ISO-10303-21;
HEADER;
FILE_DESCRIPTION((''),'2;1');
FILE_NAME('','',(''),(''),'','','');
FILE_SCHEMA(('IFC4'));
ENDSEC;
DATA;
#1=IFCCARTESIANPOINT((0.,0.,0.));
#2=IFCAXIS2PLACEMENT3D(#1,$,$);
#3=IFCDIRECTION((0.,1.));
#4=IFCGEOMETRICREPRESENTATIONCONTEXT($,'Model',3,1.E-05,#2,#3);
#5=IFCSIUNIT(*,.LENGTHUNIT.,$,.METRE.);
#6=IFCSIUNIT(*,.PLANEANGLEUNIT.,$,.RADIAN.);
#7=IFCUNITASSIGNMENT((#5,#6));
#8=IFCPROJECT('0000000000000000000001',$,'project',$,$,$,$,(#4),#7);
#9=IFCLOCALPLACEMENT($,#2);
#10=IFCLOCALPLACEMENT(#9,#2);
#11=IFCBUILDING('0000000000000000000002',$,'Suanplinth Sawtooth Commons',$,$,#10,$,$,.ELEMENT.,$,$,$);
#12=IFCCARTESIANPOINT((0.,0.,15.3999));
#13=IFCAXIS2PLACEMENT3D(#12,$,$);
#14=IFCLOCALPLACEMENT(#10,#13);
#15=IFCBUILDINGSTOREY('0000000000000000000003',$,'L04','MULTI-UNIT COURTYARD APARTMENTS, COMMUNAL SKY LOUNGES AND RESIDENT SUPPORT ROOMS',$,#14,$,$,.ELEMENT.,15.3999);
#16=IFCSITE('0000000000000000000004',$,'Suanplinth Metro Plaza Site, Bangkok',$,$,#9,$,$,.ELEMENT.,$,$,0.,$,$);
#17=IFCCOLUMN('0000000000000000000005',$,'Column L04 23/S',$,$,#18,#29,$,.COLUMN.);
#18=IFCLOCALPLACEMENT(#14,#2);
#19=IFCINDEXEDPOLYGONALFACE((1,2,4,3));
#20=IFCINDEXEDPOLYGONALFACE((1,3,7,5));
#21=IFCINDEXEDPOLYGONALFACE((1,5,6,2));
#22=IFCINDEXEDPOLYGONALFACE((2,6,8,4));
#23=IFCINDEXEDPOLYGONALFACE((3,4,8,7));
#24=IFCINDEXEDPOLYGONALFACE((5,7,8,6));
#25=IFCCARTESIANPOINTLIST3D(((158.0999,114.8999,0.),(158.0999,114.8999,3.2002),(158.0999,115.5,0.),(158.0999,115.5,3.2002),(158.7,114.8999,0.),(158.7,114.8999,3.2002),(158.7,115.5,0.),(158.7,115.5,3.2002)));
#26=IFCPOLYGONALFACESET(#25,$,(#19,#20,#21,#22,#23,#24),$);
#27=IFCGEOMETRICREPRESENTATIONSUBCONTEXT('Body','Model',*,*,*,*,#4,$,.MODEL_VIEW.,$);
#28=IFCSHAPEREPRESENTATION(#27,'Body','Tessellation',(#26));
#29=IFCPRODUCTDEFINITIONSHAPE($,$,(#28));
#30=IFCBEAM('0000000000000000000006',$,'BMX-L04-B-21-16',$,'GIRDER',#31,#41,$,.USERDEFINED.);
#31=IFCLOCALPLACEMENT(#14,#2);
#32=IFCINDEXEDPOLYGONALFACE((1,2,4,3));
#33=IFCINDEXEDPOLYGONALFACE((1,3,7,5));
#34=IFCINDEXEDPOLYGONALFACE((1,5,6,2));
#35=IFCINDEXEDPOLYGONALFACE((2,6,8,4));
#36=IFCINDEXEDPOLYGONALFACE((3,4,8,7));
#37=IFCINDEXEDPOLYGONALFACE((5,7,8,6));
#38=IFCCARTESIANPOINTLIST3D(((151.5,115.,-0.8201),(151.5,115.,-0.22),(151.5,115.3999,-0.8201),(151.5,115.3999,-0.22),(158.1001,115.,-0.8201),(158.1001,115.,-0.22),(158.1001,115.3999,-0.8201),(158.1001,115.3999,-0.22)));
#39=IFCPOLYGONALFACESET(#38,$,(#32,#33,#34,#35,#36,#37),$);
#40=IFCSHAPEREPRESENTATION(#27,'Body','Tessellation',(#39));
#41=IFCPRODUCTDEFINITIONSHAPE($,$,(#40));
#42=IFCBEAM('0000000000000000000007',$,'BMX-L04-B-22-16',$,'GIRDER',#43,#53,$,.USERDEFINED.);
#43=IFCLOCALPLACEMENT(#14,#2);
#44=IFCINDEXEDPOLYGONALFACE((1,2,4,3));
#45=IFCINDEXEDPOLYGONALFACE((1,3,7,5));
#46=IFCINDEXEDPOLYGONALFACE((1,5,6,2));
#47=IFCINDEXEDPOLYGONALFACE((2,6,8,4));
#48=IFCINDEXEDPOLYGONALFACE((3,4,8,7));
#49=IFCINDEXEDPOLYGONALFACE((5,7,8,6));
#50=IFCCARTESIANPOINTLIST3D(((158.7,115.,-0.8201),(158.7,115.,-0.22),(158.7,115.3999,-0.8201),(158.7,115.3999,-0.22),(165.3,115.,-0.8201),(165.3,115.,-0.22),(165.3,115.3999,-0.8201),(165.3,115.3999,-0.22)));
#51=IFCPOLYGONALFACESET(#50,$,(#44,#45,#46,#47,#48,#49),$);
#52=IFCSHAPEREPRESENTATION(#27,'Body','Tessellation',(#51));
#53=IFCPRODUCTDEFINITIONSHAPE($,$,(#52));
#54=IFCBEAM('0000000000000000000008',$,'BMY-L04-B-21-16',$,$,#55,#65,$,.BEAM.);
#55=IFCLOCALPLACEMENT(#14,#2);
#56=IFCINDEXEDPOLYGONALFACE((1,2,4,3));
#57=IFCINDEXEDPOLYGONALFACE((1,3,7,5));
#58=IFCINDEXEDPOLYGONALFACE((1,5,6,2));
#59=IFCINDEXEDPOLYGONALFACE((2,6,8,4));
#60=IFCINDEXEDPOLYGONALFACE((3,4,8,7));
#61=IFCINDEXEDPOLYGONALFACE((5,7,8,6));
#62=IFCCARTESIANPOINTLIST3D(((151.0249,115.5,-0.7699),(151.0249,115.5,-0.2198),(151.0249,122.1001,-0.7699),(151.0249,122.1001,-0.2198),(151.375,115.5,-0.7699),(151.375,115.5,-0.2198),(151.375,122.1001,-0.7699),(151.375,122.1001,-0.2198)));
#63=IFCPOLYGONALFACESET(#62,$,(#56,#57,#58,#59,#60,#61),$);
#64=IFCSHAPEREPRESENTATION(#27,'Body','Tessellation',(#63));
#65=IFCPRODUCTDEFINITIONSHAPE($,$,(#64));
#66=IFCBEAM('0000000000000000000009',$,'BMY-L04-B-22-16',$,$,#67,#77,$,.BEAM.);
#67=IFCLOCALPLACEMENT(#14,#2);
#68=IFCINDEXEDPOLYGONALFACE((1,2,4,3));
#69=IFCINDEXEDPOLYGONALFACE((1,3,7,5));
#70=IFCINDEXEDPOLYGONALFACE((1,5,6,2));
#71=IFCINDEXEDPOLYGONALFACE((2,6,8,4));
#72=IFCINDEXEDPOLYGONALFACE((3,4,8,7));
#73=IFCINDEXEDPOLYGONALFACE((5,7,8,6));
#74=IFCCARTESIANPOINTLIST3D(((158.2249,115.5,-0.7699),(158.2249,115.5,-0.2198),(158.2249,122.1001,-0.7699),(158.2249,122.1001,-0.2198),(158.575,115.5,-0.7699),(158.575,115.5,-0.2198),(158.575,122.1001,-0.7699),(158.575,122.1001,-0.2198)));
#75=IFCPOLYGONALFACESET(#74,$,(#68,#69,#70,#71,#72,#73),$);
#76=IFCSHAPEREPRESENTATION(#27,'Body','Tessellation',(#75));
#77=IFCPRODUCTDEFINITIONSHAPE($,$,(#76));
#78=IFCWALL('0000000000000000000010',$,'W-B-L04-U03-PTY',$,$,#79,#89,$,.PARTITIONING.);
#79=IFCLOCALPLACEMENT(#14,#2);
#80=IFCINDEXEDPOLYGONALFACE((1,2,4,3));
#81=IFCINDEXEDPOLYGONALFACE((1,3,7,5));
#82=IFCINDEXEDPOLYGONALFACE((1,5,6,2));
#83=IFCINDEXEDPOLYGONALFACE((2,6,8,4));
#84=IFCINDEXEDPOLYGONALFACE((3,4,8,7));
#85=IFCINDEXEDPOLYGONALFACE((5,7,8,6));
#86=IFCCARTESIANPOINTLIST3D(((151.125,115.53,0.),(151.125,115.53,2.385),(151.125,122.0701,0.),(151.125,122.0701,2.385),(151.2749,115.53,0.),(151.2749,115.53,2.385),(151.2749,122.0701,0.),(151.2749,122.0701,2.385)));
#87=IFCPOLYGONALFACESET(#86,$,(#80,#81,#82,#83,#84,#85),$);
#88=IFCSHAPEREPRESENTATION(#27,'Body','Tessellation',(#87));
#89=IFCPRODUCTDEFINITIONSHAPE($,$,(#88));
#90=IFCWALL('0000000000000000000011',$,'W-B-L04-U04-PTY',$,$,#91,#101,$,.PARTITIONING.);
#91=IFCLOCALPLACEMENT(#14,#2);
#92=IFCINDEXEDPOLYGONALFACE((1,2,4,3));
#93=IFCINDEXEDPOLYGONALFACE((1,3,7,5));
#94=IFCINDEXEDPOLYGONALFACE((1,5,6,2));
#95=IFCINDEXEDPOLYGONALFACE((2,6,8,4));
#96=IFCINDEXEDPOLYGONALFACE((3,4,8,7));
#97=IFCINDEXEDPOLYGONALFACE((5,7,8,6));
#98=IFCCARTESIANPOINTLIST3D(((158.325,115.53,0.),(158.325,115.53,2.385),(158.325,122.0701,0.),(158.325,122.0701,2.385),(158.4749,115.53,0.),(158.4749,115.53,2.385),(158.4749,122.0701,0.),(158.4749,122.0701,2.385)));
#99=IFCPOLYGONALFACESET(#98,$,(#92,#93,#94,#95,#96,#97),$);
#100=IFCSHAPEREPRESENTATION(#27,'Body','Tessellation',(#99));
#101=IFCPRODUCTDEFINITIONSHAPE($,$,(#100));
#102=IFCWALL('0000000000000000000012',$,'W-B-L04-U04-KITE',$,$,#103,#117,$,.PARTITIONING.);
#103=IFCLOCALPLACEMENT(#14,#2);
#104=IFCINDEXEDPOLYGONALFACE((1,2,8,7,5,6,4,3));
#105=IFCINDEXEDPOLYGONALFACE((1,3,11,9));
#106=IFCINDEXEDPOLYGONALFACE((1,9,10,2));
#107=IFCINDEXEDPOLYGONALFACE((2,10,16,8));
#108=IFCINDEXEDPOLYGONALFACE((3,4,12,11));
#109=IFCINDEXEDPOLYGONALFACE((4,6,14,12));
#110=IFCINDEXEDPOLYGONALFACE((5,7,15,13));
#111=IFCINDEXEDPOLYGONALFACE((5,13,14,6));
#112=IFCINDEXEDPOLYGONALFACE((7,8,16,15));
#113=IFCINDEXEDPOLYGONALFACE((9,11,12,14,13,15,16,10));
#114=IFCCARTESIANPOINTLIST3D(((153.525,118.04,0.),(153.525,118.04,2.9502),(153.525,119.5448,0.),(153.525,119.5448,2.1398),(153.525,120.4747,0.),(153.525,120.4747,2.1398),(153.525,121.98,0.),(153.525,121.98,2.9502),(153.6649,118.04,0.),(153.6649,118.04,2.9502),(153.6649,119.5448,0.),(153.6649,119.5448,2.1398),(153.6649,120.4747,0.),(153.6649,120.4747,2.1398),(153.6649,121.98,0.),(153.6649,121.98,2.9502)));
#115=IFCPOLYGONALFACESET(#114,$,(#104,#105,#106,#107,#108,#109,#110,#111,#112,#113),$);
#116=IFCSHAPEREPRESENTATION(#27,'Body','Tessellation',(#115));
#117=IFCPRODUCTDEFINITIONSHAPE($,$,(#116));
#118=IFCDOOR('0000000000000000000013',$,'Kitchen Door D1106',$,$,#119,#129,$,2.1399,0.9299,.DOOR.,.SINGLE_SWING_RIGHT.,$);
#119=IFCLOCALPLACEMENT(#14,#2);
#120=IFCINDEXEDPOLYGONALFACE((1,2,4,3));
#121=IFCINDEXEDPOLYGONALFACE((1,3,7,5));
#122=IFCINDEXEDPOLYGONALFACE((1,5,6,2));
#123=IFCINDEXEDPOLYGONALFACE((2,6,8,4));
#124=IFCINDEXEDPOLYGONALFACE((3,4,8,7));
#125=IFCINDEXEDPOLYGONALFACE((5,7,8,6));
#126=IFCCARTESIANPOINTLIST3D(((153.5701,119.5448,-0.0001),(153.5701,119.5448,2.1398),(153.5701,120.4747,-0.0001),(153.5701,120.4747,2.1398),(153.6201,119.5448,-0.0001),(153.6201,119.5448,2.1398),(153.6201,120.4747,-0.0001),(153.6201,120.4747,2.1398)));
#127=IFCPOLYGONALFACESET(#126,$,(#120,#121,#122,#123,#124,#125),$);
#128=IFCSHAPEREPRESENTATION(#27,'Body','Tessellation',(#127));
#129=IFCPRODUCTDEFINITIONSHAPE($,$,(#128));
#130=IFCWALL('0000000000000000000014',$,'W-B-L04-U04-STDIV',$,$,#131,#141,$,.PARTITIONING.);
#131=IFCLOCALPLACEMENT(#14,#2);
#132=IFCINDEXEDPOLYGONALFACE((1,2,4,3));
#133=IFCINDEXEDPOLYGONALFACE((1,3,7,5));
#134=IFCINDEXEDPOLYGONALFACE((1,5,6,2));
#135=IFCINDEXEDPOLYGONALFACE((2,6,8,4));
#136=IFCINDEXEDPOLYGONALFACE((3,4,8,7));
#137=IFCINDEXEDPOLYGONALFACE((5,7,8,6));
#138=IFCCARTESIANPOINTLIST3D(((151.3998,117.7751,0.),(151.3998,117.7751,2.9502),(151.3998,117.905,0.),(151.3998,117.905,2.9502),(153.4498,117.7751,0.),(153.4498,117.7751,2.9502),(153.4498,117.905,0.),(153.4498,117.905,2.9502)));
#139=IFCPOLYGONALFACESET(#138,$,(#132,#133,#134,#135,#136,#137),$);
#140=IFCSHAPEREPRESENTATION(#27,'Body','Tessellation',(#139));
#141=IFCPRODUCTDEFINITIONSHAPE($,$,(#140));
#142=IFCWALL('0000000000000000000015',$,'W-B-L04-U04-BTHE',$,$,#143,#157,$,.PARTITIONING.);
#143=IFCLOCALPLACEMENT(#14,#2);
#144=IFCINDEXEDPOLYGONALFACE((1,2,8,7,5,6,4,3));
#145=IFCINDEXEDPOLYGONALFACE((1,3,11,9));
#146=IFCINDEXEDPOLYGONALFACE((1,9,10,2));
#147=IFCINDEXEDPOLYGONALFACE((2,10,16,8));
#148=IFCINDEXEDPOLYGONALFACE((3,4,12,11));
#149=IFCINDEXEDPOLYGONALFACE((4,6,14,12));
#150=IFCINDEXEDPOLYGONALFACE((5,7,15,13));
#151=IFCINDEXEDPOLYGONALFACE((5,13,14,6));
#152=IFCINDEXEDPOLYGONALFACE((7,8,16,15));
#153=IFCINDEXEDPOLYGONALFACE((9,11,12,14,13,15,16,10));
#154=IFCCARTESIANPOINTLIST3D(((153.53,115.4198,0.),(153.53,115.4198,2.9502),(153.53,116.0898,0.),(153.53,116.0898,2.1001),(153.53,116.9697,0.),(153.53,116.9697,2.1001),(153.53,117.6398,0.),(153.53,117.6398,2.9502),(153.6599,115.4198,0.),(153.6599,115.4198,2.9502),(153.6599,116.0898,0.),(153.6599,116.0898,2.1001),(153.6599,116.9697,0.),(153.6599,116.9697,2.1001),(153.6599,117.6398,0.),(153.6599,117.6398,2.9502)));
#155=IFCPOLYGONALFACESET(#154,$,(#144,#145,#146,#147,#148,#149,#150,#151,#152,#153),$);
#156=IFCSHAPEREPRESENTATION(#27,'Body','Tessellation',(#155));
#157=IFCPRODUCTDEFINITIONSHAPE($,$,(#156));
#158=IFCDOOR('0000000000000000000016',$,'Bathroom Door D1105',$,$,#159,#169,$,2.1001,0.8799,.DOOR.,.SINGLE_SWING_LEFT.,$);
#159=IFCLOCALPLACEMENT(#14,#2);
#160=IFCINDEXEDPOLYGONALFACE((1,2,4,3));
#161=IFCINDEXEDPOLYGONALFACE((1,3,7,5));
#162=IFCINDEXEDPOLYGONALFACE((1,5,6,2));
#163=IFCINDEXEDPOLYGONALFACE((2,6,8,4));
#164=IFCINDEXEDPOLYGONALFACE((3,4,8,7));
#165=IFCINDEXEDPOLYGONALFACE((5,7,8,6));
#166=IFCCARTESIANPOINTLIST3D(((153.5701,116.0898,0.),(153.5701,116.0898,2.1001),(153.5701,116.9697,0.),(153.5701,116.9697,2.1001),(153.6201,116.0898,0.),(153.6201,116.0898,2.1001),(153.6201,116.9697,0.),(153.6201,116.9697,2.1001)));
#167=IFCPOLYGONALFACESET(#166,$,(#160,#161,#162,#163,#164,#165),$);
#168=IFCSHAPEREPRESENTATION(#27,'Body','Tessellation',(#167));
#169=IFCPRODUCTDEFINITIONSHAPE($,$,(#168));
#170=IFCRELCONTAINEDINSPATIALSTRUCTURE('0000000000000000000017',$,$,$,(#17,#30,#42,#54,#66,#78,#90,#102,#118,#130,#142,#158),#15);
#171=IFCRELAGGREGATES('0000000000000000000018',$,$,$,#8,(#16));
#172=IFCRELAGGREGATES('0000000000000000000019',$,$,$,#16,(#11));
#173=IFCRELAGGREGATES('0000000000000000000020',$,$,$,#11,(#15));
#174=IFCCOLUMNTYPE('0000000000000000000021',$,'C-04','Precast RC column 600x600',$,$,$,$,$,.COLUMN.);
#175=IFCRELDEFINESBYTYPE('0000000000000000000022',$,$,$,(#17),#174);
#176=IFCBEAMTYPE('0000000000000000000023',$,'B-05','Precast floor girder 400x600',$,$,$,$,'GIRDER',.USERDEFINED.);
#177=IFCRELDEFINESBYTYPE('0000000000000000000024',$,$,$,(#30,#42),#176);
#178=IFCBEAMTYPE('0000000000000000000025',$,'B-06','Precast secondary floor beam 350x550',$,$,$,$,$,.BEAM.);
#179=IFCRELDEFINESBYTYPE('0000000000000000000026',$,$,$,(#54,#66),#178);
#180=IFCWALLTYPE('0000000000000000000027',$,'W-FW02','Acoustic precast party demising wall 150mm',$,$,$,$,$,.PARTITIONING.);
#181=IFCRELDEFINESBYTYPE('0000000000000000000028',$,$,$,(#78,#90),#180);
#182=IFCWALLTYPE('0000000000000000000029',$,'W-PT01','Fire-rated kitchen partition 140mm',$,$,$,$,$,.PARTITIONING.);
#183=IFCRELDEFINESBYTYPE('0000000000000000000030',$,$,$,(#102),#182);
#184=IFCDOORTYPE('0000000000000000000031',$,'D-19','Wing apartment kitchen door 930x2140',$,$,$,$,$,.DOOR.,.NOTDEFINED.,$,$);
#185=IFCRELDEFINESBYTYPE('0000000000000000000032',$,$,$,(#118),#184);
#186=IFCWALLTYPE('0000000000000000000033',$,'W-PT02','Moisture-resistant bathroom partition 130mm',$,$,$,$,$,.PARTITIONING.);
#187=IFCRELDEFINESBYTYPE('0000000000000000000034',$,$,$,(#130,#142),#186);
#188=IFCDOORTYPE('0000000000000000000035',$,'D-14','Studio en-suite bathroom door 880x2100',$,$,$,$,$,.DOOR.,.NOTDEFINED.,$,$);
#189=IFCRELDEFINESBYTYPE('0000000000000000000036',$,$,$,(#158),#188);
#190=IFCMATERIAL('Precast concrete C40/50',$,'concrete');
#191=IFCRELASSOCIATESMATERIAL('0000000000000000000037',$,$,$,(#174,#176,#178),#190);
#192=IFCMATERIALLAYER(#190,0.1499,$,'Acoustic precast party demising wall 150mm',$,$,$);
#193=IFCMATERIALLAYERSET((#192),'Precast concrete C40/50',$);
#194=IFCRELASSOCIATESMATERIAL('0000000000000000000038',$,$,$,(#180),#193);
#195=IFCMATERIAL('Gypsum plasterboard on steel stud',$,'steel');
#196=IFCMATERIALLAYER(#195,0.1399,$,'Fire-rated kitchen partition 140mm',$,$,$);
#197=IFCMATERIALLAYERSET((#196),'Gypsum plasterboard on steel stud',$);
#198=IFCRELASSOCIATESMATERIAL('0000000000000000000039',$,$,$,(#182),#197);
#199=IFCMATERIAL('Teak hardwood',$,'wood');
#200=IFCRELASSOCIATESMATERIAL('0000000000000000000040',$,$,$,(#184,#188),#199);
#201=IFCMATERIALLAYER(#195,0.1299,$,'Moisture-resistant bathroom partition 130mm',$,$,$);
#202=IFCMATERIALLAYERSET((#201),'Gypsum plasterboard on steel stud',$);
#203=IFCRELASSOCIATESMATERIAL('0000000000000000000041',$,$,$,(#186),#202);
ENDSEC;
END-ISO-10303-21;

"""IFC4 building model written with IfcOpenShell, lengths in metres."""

from ifc_helpers import new_model, si_unit, direction, frame, frame_2d, origin, origin_2d, place, context, subcontext, project, spatial, rectangle, extrude, material, layer, layer_set, material_profile, profile_set, type_object, element, fill, save


model = new_model("IFC4")

# Units and contexts
model_context = context("Model", 3, precision=1e-05, world=origin(), true_north=direction((0.0, 1.0)))
body_context = subcontext(model_context, "Body", "Model", "MODEL_VIEW")
ifc_project = project(units=[si_unit("LENGTHUNIT", "METRE"), si_unit("PLANEANGLEUNIT", "RADIAN")], contexts=[model_context])

# Site, building, storey
site_placement = place(None, origin())
site = spatial("IfcSite", under=ifc_project, at=site_placement, Name="Suanplinth Metro Plaza Site, Bangkok", CompositionType="ELEMENT", RefElevation=0.0)
building_placement = place(site_placement, origin())
building = spatial("IfcBuilding", under=site, at=building_placement, Name="Suanplinth Sawtooth Commons", CompositionType="ELEMENT")
storey_placement = place(building_placement, frame((0.0, 0.0, 15.3999)))
storey = spatial("IfcBuildingStorey", under=building, at=storey_placement, Name="L04", Description="MULTI-UNIT COURTYARD APARTMENTS, COMMUNAL SKY LOUNGES AND RESIDENT SUPPORT ROOMS", CompositionType="ELEMENT", Elevation=15.3999)

# Column
ifc_material_1 = material(Name="Precast concrete C40/50", Category="concrete")
ifc_material_profile_1 = material_profile(ifc_material_1, rectangle(XDim=0.6001, YDim=0.6001, at=origin_2d()), Name="PC-COL 600x600")
ifc_profile_set_1 = profile_set([ifc_material_profile_1], Name="Precast concrete C40/50")
column_type = type_object("IfcColumnType", Name="C-04", Description="Precast RC column 600x600", PredefinedType="COLUMN", material=ifc_profile_set_1)
column_placement = place(storey_placement, frame((158.3999, 115.2, 0.0), z_axis=(0.0, 0.0, 1.0), x_axis=(1.0, 0.0, 0.0)))
element("IfcColumn", 1, at=column_placement, inside=storey, type_object=column_type, Name="Column L04 23/S", PredefinedType="COLUMN", context=body_context, shape_type="SweptSolid", body=[
    extrude(rectangle(XDim=0.6001, YDim=0.6001, at=origin_2d()), origin(), (0.0, 0.0, 1.0), 3.2002),
])

# Beams
ifc_material_profile_2 = material_profile(ifc_material_1, rectangle(XDim=0.3999, YDim=0.6001, at=origin_2d()), Name="PC-GDR 400x600")
ifc_profile_set_2 = profile_set([ifc_material_profile_2], Name="Precast concrete C40/50")
beam_type_1 = type_object("IfcBeamType", Name="B-05", Description="Precast floor girder 400x600", ElementType="GIRDER", PredefinedType="USERDEFINED", material=ifc_profile_set_2)
for number, where, z_axis, x_axis, name in (
    (2, (151.5, 115.2, -0.52), (1.0, 0.0, 0.0), (0.0, 1.0, 0.0), "BMX-L04-B-21-16"),
    (3, (158.7, 115.2, -0.52), (1.0, 0.0, 0.0), (0.0, 1.0, 0.0), "BMX-L04-B-22-16"),
):
    element("IfcBeam", number, at=place(storey_placement, frame(where, z_axis=z_axis, x_axis=x_axis)), inside=storey, type_object=beam_type_1, Name=name, ObjectType="GIRDER", PredefinedType="USERDEFINED", context=body_context, shape_type="SweptSolid", body=[
        extrude(rectangle(XDim=0.3999, YDim=0.6001, at=origin_2d()), origin(), (0.0, 0.0, 1.0), 6.6001),
    ])
ifc_material_profile_3 = material_profile(ifc_material_1, rectangle(XDim=0.3501, YDim=0.55, at=origin_2d()), Name="PC-BM 350x550")
ifc_profile_set_3 = profile_set([ifc_material_profile_3], Name="Precast concrete C40/50")
beam_type_2 = type_object("IfcBeamType", Name="B-06", Description="Precast secondary floor beam 350x550", PredefinedType="BEAM", material=ifc_profile_set_3)
for number, where, z_axis, x_axis, name in (
    (4, (151.2, 115.5, -0.4949), (0.0, 1.0, 0.0), (-1.0, 0.0, 0.0), "BMY-L04-B-21-16"),
    (5, (158.3999, 115.5, -0.4949), (0.0, 1.0, 0.0), (-1.0, 0.0, 0.0), "BMY-L04-B-22-16"),
):
    element("IfcBeam", number, at=place(storey_placement, frame(where, z_axis=z_axis, x_axis=x_axis)), inside=storey, type_object=beam_type_2, Name=name, PredefinedType="BEAM", context=body_context, shape_type="SweptSolid", body=[
        extrude(rectangle(XDim=0.3501, YDim=0.55, at=origin_2d()), origin(), (0.0, 0.0, 1.0), 6.6001),
    ])

# Walls
ifc_layer_1 = layer(ifc_material_1, 0.1499, Name="Acoustic precast party demising wall 150mm")
ifc_layer_set_1 = layer_set([ifc_layer_1], Name="Precast concrete C40/50")
wall_type_1 = type_object("IfcWallType", Name="W-FW02", Description="Acoustic precast party demising wall 150mm", PredefinedType="PARTITIONING", material=ifc_layer_set_1)
for number, where, z_axis, x_axis, name in (
    (6, (151.2, 115.53, 0.0), (0.0, 0.0, 1.0), (0.0, 1.0, 0.0), "W-B-L04-U03-PTY"),
    (7, (158.3999, 115.53, 0.0), (0.0, 0.0, 1.0), (0.0, 1.0, 0.0), "W-B-L04-U04-PTY"),
):
    element("IfcWall", number, at=place(storey_placement, frame(where, z_axis=z_axis, x_axis=x_axis)), inside=storey, type_object=wall_type_1, Name=name, PredefinedType="PARTITIONING", context=body_context, shape_type="SweptSolid", body=[
        extrude(rectangle(XDim=6.54, YDim=0.1499, at=frame_2d((3.27, 0.0))), origin(), (0.0, 0.0, 1.0), 2.385),
    ])

# Wall, opening, door
ifc_material_2 = material(Name="Gypsum plasterboard on steel stud", Category="steel")
ifc_layer_2 = layer(ifc_material_2, 0.1399, Name="Fire-rated kitchen partition 140mm")
ifc_layer_set_2 = layer_set([ifc_layer_2], Name="Gypsum plasterboard on steel stud")
wall_type_2 = type_object("IfcWallType", Name="W-PT01", Description="Fire-rated kitchen partition 140mm", PredefinedType="PARTITIONING", material=ifc_layer_set_2)
wall_1_placement = place(storey_placement, frame((153.595, 118.04, 0.0), z_axis=(0.0, 0.0, 1.0), x_axis=(0.0, 1.0, 0.0)))
wall_1 = element("IfcWall", 8, at=wall_1_placement, inside=storey, type_object=wall_type_2, Name="W-B-L04-U04-KITE", PredefinedType="PARTITIONING", context=body_context, shape_type="SweptSolid", body=[
    extrude(rectangle(XDim=3.9399, YDim=0.1399, at=frame_2d((1.97, 0.0))), origin(), (0.0, 0.0, 1.0), 2.9502),
])
opening_1_placement = place(wall_1_placement, frame((1.5049, 0.0, 0.0)))
opening_1 = element("IfcOpeningElement", 9, at=opening_1_placement, cuts=wall_1, PredefinedType="OPENING", context=body_context, shape_type="SweptSolid", body=[
    extrude(rectangle(XDim=0.9299, YDim=2.1399, at=frame_2d((0.4648, 1.0698))), frame((0.0, 0.085, 0.0), z_axis=(0.0, -1.0, 0.0), x_axis=(1.0, 0.0, 0.0)), (0.0, 0.0, 1.0), 0.1697),
])
ifc_material_3 = material(Name="Teak hardwood", Category="wood")
door_type_1 = type_object("IfcDoorType", Name="D-19", Description="Wing apartment kitchen door 930x2140", OperationType="NOTDEFINED", PredefinedType="DOOR", material=ifc_material_3)
door_1_placement = place(opening_1_placement, origin())
door_1 = element("IfcDoor", 10, at=door_1_placement, inside=storey, type_object=door_type_1, Name="Kitchen Door D1106", OperationType="SINGLE_SWING_RIGHT", OverallHeight=2.1399, OverallWidth=0.9299, PredefinedType="DOOR", context=body_context, shape_type="SweptSolid", body=[
    extrude(rectangle(XDim=0.9299, YDim=2.1399, at=frame_2d((0.4648, 1.0698))), frame((0.0, 0.0249, 0.0), z_axis=(0.0, -1.0, 0.0), x_axis=(1.0, 0.0, 0.0)), (0.0, 0.0, 1.0), 0.05),
])
fill(opening_1, door_1)

# Wall
ifc_layer_3 = layer(ifc_material_2, 0.1299, Name="Moisture-resistant bathroom partition 130mm")
ifc_layer_set_3 = layer_set([ifc_layer_3], Name="Gypsum plasterboard on steel stud")
wall_type_3 = type_object("IfcWallType", Name="W-PT02", Description="Moisture-resistant bathroom partition 130mm", PredefinedType="PARTITIONING", material=ifc_layer_set_3)
wall_2_placement = place(storey_placement, frame((151.3999, 117.8401, 0.0), z_axis=(0.0, 0.0, 1.0), x_axis=(1.0, 0.0, 0.0)))
element("IfcWall", 11, at=wall_2_placement, inside=storey, type_object=wall_type_3, Name="W-B-L04-U04-STDIV", PredefinedType="PARTITIONING", context=body_context, shape_type="SweptSolid", body=[
    extrude(rectangle(XDim=2.05, YDim=0.1299, at=frame_2d((1.0249, 0.0))), origin(), (0.0, 0.0, 1.0), 2.9502),
])

# Wall, opening, door
wall_3_placement = place(storey_placement, frame((153.595, 115.4199, 0.0), z_axis=(0.0, 0.0, 1.0), x_axis=(0.0, 1.0, 0.0)))
wall_3 = element("IfcWall", 12, at=wall_3_placement, inside=storey, type_object=wall_type_3, Name="W-B-L04-U04-BTHE", PredefinedType="PARTITIONING", context=body_context, shape_type="SweptSolid", body=[
    extrude(rectangle(XDim=2.22, YDim=0.1299, at=frame_2d((1.1099, 0.0))), origin(), (0.0, 0.0, 1.0), 2.9502),
])
opening_2_placement = place(wall_3_placement, frame((0.6699, 0.0, 0.0)))
opening_2 = element("IfcOpeningElement", 13, at=opening_2_placement, cuts=wall_3, PredefinedType="OPENING", context=body_context, shape_type="SweptSolid", body=[
    extrude(rectangle(XDim=0.8799, YDim=2.1001, at=frame_2d((0.4399, 1.05))), frame((0.0, 0.0798, 0.0), z_axis=(0.0, -1.0, 0.0), x_axis=(1.0, 0.0, 0.0)), (0.0, 0.0, 1.0), 0.1597),
])
door_type_2 = type_object("IfcDoorType", Name="D-14", Description="Studio en-suite bathroom door 880x2100", OperationType="NOTDEFINED", PredefinedType="DOOR", material=ifc_material_3)
door_2_placement = place(opening_2_placement, origin())
door_2 = element("IfcDoor", 14, at=door_2_placement, inside=storey, type_object=door_type_2, Name="Bathroom Door D1105", OperationType="SINGLE_SWING_LEFT", OverallHeight=2.1001, OverallWidth=0.8799, PredefinedType="DOOR", context=body_context, shape_type="SweptSolid", body=[
    extrude(rectangle(XDim=0.8799, YDim=2.1001, at=frame_2d((0.4399, 1.05))), frame((0.0, 0.0249, 0.0), z_axis=(0.0, -1.0, 0.0), x_axis=(1.0, 0.0, 0.0)), (0.0, 0.0, 1.0), 0.05),
])
fill(opening_2, door_2)

save(model, "model.ifc")
